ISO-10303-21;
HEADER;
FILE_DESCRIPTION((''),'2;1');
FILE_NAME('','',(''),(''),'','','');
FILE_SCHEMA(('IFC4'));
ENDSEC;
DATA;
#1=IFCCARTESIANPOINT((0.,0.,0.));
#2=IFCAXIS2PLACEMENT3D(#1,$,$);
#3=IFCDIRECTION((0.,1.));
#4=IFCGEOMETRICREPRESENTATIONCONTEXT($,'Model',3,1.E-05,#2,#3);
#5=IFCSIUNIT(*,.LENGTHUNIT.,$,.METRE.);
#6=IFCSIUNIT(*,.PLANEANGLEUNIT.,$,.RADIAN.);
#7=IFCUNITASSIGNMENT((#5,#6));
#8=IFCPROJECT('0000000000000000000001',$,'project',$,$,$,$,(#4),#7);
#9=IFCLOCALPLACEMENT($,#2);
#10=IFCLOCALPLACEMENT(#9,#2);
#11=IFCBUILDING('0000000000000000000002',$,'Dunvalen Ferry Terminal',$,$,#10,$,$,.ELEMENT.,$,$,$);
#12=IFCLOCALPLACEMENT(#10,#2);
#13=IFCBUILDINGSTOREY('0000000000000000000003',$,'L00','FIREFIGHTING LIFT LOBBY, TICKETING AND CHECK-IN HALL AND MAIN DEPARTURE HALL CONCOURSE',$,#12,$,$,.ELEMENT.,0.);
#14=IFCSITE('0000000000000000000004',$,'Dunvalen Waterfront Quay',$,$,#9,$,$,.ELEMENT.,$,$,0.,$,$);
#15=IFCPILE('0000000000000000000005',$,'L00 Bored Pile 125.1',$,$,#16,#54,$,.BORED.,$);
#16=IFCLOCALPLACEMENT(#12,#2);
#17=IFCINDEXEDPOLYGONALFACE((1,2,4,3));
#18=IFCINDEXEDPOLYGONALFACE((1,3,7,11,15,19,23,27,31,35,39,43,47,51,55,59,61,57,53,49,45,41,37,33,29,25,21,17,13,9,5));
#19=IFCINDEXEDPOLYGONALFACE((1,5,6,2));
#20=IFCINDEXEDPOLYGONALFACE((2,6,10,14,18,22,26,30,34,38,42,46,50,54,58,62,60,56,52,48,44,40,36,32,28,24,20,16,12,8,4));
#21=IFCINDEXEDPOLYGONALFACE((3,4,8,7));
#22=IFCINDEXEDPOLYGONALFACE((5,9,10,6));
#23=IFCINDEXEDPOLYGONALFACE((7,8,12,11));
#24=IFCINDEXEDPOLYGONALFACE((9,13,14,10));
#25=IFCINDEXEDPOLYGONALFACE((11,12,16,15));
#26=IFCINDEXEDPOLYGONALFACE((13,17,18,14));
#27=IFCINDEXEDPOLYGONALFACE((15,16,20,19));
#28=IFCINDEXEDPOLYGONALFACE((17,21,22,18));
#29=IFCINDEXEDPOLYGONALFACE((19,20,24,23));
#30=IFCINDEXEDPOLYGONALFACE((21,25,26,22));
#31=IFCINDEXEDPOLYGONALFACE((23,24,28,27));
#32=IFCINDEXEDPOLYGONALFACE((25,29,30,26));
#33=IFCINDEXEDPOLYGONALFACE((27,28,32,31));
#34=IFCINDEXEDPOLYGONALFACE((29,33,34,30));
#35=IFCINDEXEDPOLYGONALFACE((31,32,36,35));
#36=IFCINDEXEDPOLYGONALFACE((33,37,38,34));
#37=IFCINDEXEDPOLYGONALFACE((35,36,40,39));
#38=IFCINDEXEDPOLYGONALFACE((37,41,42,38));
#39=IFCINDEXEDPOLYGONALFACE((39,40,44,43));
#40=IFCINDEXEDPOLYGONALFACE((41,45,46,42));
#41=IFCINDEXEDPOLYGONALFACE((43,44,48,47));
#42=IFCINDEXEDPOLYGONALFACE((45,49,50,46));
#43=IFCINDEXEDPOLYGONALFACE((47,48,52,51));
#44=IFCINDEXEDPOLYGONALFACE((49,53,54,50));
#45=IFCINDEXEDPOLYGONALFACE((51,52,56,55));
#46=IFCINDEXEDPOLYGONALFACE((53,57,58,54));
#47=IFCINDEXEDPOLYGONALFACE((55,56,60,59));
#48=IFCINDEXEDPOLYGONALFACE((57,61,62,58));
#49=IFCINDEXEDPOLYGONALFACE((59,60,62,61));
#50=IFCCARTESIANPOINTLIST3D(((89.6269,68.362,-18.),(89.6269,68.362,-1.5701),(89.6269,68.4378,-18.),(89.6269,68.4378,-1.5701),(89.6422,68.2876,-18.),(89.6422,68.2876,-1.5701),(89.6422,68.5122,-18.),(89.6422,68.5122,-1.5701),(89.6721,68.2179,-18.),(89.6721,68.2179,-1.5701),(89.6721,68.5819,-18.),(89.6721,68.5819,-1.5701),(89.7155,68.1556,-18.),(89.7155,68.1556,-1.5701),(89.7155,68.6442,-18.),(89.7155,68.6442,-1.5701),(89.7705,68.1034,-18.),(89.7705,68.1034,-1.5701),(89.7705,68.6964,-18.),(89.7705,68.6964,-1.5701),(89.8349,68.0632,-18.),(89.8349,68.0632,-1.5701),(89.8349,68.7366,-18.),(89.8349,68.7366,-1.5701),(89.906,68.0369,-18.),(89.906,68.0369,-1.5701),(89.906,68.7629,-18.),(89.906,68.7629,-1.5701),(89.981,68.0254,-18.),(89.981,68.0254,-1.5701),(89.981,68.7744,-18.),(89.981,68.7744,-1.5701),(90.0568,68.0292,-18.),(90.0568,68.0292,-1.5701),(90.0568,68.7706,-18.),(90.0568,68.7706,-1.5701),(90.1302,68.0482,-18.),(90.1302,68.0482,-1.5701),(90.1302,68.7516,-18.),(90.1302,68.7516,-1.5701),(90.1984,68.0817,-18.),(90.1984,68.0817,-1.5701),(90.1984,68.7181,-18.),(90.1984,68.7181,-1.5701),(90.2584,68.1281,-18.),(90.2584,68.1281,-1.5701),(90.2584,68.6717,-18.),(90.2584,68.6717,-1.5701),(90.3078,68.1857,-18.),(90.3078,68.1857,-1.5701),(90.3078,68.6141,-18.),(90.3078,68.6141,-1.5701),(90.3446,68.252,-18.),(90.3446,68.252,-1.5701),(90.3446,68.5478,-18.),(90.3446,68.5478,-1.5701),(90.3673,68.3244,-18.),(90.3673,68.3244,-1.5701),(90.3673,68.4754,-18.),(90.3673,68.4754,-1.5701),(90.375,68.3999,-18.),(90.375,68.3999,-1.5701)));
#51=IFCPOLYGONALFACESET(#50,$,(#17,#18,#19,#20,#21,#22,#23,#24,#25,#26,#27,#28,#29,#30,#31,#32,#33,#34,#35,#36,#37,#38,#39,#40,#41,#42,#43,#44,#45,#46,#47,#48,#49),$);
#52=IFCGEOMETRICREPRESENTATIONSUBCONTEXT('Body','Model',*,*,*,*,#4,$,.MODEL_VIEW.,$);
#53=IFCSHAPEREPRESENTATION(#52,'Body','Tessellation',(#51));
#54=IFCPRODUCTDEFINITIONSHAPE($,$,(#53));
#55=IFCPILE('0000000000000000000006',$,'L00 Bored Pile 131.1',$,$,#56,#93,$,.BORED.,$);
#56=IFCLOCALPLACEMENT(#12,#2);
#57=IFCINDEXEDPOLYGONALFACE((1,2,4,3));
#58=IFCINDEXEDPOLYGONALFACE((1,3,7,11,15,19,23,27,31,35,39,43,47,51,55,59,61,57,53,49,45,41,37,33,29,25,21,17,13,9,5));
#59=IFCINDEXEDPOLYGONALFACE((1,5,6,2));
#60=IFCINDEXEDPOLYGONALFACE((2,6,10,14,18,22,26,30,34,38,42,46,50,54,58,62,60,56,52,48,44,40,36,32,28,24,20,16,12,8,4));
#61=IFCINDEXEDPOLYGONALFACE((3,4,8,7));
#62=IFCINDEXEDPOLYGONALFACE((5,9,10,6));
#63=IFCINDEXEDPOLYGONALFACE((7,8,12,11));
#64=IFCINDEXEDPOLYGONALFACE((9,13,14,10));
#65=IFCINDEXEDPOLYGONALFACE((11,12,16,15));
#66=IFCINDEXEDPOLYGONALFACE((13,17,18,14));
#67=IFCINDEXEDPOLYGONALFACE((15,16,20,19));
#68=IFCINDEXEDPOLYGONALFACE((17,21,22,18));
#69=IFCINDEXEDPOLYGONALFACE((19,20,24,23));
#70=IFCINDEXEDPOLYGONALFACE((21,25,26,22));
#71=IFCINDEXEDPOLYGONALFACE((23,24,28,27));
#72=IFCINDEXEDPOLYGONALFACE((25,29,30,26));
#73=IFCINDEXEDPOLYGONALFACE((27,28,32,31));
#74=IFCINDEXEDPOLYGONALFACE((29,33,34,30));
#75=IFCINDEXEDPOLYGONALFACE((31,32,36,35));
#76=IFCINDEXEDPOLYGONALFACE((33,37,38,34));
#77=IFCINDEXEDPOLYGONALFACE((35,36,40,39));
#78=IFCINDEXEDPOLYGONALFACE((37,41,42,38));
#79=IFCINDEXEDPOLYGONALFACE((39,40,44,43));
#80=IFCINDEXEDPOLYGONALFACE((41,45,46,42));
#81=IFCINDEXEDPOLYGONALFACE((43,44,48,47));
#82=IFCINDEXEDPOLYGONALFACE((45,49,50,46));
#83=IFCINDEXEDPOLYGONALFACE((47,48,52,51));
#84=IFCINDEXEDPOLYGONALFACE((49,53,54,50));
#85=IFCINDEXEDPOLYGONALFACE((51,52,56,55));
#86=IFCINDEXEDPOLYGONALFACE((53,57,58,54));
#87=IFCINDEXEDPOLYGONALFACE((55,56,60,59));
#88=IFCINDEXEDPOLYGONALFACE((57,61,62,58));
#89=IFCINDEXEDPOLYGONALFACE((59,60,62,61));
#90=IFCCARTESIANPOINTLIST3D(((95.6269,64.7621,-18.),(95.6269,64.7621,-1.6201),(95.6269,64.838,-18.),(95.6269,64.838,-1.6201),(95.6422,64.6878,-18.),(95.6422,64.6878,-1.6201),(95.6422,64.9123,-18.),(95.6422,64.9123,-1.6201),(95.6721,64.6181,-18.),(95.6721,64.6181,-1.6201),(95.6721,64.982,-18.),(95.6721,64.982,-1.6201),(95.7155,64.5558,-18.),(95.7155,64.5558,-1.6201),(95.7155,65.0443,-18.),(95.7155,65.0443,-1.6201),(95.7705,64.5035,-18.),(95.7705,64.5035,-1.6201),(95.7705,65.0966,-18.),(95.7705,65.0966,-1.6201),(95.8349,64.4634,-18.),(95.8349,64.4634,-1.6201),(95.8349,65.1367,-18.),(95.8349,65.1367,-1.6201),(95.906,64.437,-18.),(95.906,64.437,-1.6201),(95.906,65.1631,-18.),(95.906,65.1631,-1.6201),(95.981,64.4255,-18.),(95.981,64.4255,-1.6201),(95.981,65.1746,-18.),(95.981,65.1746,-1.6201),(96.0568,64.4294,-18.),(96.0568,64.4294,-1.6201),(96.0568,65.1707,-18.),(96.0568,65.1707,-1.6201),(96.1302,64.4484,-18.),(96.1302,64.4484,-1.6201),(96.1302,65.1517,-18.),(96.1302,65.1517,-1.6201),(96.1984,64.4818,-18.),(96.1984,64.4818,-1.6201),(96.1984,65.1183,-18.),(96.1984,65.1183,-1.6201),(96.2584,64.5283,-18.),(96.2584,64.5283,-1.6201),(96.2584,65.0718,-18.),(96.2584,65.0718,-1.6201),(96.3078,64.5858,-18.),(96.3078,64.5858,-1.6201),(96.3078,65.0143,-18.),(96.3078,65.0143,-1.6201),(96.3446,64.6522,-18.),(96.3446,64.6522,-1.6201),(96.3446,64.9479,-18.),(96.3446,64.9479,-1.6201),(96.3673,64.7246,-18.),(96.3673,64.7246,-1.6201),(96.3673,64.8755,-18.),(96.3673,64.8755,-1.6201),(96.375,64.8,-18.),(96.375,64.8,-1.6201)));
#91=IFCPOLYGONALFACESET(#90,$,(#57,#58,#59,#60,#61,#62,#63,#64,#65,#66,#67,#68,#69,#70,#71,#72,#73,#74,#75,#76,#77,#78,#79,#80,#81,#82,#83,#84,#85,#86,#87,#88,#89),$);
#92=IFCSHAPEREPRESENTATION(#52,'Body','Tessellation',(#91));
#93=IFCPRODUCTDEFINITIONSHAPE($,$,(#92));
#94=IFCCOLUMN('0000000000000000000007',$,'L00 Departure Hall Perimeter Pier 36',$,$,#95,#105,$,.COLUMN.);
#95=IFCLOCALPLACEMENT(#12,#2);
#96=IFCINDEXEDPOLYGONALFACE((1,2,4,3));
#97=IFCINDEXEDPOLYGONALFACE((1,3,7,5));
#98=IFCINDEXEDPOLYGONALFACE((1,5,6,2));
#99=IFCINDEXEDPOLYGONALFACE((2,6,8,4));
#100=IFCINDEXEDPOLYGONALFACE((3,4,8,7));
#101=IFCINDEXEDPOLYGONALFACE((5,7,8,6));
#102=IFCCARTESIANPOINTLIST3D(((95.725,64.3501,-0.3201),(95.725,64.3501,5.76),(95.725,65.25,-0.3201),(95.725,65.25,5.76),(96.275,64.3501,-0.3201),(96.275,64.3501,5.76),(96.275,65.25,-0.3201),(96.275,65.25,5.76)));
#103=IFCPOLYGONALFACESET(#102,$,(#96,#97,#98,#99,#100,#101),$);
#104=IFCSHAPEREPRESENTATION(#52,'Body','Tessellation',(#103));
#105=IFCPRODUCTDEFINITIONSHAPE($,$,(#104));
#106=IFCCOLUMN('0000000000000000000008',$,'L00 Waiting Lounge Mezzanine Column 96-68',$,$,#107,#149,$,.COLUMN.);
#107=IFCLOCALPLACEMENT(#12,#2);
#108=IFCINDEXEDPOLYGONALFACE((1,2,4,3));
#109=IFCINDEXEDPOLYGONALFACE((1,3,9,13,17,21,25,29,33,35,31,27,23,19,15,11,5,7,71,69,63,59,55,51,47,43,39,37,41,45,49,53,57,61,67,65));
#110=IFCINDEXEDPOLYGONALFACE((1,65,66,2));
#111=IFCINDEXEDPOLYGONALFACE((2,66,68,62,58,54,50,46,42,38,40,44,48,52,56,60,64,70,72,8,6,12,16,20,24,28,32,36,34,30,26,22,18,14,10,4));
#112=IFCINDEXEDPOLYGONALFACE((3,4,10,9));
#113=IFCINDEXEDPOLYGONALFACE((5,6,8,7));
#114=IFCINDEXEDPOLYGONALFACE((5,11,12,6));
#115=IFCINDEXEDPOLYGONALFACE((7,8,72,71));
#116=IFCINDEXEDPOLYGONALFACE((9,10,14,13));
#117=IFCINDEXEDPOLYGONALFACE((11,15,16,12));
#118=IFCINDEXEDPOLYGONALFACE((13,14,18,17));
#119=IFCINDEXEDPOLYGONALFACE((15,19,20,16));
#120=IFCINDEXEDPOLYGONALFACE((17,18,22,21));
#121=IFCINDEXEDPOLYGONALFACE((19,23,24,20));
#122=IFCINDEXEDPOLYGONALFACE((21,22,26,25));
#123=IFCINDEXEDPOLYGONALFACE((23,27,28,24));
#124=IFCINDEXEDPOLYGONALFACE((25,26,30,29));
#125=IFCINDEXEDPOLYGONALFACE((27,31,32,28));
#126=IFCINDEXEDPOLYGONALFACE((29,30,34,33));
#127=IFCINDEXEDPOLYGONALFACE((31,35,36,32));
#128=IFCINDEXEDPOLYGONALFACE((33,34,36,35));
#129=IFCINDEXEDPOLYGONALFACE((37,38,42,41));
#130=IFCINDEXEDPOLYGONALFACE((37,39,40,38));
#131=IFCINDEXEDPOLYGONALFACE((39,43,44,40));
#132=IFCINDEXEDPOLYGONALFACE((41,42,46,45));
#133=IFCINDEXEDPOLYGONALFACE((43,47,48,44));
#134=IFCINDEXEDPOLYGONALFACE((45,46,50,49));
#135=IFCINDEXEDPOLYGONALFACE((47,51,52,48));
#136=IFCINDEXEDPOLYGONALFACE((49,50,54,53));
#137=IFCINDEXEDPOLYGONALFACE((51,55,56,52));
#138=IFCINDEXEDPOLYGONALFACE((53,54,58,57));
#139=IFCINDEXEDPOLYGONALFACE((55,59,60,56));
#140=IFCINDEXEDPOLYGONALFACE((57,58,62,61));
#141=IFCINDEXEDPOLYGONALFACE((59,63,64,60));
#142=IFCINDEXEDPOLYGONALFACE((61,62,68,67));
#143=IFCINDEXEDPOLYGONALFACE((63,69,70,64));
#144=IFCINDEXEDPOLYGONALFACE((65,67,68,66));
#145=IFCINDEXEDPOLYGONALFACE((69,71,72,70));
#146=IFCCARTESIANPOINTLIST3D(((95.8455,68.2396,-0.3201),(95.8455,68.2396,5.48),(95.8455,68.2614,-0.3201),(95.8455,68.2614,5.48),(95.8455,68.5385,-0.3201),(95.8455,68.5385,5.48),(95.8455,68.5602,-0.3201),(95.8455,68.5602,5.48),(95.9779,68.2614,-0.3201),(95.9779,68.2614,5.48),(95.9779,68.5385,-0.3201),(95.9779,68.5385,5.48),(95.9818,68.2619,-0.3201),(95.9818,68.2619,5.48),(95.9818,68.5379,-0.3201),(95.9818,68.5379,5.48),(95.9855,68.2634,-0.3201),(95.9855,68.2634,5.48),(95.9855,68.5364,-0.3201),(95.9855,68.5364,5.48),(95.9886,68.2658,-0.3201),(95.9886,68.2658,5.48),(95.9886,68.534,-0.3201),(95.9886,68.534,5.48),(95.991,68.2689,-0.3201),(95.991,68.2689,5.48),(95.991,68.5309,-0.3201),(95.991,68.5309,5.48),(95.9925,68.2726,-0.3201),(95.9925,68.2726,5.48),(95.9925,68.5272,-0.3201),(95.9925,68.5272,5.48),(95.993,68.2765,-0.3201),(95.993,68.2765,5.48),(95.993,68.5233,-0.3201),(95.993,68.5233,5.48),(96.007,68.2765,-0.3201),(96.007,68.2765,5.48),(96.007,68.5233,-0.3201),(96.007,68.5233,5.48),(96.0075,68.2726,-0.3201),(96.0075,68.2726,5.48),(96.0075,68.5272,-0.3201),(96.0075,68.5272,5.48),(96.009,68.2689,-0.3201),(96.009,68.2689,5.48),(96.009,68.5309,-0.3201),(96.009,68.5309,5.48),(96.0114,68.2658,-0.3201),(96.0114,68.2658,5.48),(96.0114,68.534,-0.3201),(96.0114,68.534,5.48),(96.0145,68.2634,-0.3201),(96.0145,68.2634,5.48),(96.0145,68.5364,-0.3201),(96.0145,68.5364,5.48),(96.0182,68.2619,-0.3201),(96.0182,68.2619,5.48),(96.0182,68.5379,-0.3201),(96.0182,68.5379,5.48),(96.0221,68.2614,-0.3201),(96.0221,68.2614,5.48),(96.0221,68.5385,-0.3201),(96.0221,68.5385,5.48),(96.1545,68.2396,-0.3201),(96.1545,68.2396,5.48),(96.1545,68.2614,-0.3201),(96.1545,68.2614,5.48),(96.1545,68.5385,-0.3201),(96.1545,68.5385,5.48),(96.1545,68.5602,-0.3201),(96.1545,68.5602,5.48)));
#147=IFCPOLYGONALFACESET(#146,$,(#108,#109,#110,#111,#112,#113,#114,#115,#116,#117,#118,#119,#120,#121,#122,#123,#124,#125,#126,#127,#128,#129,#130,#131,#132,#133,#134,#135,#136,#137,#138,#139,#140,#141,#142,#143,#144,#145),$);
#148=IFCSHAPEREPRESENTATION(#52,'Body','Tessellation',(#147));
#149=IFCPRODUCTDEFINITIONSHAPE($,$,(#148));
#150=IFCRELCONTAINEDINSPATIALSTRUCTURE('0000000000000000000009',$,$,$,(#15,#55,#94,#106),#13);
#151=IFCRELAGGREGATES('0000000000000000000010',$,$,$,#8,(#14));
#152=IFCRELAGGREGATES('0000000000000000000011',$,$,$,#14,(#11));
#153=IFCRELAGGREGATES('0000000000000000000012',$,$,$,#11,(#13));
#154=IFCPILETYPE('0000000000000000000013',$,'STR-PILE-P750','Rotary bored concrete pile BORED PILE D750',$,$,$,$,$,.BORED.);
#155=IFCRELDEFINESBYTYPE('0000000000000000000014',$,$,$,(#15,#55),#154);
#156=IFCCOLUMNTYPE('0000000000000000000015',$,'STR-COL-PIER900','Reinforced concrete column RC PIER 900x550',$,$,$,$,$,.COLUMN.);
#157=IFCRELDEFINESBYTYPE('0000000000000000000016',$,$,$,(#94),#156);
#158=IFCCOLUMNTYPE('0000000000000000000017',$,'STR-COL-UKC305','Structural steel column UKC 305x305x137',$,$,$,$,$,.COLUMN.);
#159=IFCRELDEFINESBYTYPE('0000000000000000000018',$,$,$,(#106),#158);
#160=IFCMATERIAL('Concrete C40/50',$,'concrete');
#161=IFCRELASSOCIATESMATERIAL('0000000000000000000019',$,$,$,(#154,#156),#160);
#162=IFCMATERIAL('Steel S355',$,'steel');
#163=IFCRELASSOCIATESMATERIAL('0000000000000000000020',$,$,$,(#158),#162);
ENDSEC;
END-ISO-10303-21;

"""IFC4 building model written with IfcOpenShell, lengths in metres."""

from ifc_helpers import new_model, si_unit, direction, frame, origin, origin_2d, place, context, subcontext, project, spatial, rectangle, circle, i_section, extrude, material, material_profile, profile_set, type_object, element, save


model = new_model("IFC4")

# Units and contexts
model_context = context("Model", 3, precision=1e-05, world=origin(), true_north=direction((0.0, 1.0)))
body_context = subcontext(model_context, "Body", "Model", "MODEL_VIEW")
ifc_project = project(units=[si_unit("LENGTHUNIT", "METRE"), si_unit("PLANEANGLEUNIT", "RADIAN")], contexts=[model_context])

# Site, building, storey
site_placement = place(None, origin())
site = spatial("IfcSite", under=ifc_project, at=site_placement, Name="Dunvalen Waterfront Quay", CompositionType="ELEMENT", RefElevation=0.0)
building_placement = place(site_placement, origin())
building = spatial("IfcBuilding", under=site, at=building_placement, Name="Dunvalen Ferry Terminal", CompositionType="ELEMENT")
storey_placement = place(building_placement, origin())
storey = spatial("IfcBuildingStorey", under=building, at=storey_placement, Name="L00", Description="FIREFIGHTING LIFT LOBBY, TICKETING AND CHECK-IN HALL AND MAIN DEPARTURE HALL CONCOURSE", CompositionType="ELEMENT", Elevation=0.0)

# Shared definitions
ifc_material_1 = material(Name="Concrete C40/50", Category="concrete")

# Piles
ifc_material_profile_1 = material_profile(ifc_material_1, circle(Radius=0.375, at=origin_2d()), Name="Concrete C40/50")
ifc_profile_set_1 = profile_set([ifc_material_profile_1], Name="Concrete C40/50")
pile_type_1 = type_object("IfcPileType", Name="STR-PILE-P750", Description="Rotary bored concrete pile BORED PILE D750", PredefinedType="BORED", material=ifc_profile_set_1)
pile_1_placement = place(storey_placement, frame((90.0, 68.3999, -1.5701), z_axis=(0.0, 0.0, -1.0), x_axis=(1.0, 0.0, 0.0)))
element("IfcPile", 1, at=pile_1_placement, inside=storey, type_object=pile_type_1, Name="L00 Bored Pile 125.1", PredefinedType="BORED", context=body_context, shape_type="SweptSolid", body=[
    extrude(circle(Radius=0.375, at=origin_2d()), origin(), (0.0, 0.0, 1.0), 16.4299),
])
pile_2_placement = place(storey_placement, frame((96.0, 64.8, -1.6201), z_axis=(0.0, 0.0, -1.0), x_axis=(1.0, 0.0, 0.0)))
element("IfcPile", 2, at=pile_2_placement, inside=storey, type_object=pile_type_1, Name="L00 Bored Pile 131.1", PredefinedType="BORED", context=body_context, shape_type="SweptSolid", body=[
    extrude(circle(Radius=0.375, at=origin_2d()), origin(), (0.0, 0.0, 1.0), 16.3799),
])

# Columns
ifc_material_profile_2 = material_profile(ifc_material_1, rectangle(XDim=0.55, YDim=0.8999, at=origin_2d()), Name="Concrete C40/50")
ifc_profile_set_2 = profile_set([ifc_material_profile_2], Name="Concrete C40/50")
column_type_1 = type_object("IfcColumnType", Name="STR-COL-PIER900", Description="Reinforced concrete column RC PIER 900x550", PredefinedType="COLUMN", material=ifc_profile_set_2)
column_1_placement = place(storey_placement, frame((96.0, 64.8, -0.3201), z_axis=(0.0, 0.0, 1.0), x_axis=(1.0, 0.0, 0.0)))
element("IfcColumn", 3, at=column_1_placement, inside=storey, type_object=column_type_1, Name="L00 Departure Hall Perimeter Pier 36", PredefinedType="COLUMN", context=body_context, shape_type="SweptSolid", body=[
    extrude(rectangle(XDim=0.55, YDim=0.8999, at=origin_2d()), origin(), (0.0, 0.0, 1.0), 6.0801),
])
ifc_material_2 = material(Name="Steel S355", Category="steel")
ifc_material_profile_3 = material_profile(ifc_material_2, i_section(OverallWidth=0.3091, OverallDepth=0.3206, WebThickness=0.0139, FlangeThickness=0.0217, FilletRadius=0.0151, at=origin_2d()), Name="Steel S355")
ifc_profile_set_3 = profile_set([ifc_material_profile_3], Name="Steel S355")
column_type_2 = type_object("IfcColumnType", Name="STR-COL-UKC305", Description="Structural steel column UKC 305x305x137", PredefinedType="COLUMN", material=ifc_profile_set_3)
column_2_placement = place(storey_placement, frame((96.0, 68.3999, -0.3201), z_axis=(0.0, 0.0, 1.0), x_axis=(1.0, 0.0, 0.0)))
element("IfcColumn", 4, at=column_2_placement, inside=storey, type_object=column_type_2, Name="L00 Waiting Lounge Mezzanine Column 96-68", PredefinedType="COLUMN", context=body_context, shape_type="SweptSolid", body=[
    extrude(i_section(OverallWidth=0.3091, OverallDepth=0.3206, WebThickness=0.0139, FlangeThickness=0.0217, FilletRadius=0.0151, at=origin_2d()), origin(), (0.0, 0.0, 1.0), 5.8),
])

save(model, "model.ifc")
